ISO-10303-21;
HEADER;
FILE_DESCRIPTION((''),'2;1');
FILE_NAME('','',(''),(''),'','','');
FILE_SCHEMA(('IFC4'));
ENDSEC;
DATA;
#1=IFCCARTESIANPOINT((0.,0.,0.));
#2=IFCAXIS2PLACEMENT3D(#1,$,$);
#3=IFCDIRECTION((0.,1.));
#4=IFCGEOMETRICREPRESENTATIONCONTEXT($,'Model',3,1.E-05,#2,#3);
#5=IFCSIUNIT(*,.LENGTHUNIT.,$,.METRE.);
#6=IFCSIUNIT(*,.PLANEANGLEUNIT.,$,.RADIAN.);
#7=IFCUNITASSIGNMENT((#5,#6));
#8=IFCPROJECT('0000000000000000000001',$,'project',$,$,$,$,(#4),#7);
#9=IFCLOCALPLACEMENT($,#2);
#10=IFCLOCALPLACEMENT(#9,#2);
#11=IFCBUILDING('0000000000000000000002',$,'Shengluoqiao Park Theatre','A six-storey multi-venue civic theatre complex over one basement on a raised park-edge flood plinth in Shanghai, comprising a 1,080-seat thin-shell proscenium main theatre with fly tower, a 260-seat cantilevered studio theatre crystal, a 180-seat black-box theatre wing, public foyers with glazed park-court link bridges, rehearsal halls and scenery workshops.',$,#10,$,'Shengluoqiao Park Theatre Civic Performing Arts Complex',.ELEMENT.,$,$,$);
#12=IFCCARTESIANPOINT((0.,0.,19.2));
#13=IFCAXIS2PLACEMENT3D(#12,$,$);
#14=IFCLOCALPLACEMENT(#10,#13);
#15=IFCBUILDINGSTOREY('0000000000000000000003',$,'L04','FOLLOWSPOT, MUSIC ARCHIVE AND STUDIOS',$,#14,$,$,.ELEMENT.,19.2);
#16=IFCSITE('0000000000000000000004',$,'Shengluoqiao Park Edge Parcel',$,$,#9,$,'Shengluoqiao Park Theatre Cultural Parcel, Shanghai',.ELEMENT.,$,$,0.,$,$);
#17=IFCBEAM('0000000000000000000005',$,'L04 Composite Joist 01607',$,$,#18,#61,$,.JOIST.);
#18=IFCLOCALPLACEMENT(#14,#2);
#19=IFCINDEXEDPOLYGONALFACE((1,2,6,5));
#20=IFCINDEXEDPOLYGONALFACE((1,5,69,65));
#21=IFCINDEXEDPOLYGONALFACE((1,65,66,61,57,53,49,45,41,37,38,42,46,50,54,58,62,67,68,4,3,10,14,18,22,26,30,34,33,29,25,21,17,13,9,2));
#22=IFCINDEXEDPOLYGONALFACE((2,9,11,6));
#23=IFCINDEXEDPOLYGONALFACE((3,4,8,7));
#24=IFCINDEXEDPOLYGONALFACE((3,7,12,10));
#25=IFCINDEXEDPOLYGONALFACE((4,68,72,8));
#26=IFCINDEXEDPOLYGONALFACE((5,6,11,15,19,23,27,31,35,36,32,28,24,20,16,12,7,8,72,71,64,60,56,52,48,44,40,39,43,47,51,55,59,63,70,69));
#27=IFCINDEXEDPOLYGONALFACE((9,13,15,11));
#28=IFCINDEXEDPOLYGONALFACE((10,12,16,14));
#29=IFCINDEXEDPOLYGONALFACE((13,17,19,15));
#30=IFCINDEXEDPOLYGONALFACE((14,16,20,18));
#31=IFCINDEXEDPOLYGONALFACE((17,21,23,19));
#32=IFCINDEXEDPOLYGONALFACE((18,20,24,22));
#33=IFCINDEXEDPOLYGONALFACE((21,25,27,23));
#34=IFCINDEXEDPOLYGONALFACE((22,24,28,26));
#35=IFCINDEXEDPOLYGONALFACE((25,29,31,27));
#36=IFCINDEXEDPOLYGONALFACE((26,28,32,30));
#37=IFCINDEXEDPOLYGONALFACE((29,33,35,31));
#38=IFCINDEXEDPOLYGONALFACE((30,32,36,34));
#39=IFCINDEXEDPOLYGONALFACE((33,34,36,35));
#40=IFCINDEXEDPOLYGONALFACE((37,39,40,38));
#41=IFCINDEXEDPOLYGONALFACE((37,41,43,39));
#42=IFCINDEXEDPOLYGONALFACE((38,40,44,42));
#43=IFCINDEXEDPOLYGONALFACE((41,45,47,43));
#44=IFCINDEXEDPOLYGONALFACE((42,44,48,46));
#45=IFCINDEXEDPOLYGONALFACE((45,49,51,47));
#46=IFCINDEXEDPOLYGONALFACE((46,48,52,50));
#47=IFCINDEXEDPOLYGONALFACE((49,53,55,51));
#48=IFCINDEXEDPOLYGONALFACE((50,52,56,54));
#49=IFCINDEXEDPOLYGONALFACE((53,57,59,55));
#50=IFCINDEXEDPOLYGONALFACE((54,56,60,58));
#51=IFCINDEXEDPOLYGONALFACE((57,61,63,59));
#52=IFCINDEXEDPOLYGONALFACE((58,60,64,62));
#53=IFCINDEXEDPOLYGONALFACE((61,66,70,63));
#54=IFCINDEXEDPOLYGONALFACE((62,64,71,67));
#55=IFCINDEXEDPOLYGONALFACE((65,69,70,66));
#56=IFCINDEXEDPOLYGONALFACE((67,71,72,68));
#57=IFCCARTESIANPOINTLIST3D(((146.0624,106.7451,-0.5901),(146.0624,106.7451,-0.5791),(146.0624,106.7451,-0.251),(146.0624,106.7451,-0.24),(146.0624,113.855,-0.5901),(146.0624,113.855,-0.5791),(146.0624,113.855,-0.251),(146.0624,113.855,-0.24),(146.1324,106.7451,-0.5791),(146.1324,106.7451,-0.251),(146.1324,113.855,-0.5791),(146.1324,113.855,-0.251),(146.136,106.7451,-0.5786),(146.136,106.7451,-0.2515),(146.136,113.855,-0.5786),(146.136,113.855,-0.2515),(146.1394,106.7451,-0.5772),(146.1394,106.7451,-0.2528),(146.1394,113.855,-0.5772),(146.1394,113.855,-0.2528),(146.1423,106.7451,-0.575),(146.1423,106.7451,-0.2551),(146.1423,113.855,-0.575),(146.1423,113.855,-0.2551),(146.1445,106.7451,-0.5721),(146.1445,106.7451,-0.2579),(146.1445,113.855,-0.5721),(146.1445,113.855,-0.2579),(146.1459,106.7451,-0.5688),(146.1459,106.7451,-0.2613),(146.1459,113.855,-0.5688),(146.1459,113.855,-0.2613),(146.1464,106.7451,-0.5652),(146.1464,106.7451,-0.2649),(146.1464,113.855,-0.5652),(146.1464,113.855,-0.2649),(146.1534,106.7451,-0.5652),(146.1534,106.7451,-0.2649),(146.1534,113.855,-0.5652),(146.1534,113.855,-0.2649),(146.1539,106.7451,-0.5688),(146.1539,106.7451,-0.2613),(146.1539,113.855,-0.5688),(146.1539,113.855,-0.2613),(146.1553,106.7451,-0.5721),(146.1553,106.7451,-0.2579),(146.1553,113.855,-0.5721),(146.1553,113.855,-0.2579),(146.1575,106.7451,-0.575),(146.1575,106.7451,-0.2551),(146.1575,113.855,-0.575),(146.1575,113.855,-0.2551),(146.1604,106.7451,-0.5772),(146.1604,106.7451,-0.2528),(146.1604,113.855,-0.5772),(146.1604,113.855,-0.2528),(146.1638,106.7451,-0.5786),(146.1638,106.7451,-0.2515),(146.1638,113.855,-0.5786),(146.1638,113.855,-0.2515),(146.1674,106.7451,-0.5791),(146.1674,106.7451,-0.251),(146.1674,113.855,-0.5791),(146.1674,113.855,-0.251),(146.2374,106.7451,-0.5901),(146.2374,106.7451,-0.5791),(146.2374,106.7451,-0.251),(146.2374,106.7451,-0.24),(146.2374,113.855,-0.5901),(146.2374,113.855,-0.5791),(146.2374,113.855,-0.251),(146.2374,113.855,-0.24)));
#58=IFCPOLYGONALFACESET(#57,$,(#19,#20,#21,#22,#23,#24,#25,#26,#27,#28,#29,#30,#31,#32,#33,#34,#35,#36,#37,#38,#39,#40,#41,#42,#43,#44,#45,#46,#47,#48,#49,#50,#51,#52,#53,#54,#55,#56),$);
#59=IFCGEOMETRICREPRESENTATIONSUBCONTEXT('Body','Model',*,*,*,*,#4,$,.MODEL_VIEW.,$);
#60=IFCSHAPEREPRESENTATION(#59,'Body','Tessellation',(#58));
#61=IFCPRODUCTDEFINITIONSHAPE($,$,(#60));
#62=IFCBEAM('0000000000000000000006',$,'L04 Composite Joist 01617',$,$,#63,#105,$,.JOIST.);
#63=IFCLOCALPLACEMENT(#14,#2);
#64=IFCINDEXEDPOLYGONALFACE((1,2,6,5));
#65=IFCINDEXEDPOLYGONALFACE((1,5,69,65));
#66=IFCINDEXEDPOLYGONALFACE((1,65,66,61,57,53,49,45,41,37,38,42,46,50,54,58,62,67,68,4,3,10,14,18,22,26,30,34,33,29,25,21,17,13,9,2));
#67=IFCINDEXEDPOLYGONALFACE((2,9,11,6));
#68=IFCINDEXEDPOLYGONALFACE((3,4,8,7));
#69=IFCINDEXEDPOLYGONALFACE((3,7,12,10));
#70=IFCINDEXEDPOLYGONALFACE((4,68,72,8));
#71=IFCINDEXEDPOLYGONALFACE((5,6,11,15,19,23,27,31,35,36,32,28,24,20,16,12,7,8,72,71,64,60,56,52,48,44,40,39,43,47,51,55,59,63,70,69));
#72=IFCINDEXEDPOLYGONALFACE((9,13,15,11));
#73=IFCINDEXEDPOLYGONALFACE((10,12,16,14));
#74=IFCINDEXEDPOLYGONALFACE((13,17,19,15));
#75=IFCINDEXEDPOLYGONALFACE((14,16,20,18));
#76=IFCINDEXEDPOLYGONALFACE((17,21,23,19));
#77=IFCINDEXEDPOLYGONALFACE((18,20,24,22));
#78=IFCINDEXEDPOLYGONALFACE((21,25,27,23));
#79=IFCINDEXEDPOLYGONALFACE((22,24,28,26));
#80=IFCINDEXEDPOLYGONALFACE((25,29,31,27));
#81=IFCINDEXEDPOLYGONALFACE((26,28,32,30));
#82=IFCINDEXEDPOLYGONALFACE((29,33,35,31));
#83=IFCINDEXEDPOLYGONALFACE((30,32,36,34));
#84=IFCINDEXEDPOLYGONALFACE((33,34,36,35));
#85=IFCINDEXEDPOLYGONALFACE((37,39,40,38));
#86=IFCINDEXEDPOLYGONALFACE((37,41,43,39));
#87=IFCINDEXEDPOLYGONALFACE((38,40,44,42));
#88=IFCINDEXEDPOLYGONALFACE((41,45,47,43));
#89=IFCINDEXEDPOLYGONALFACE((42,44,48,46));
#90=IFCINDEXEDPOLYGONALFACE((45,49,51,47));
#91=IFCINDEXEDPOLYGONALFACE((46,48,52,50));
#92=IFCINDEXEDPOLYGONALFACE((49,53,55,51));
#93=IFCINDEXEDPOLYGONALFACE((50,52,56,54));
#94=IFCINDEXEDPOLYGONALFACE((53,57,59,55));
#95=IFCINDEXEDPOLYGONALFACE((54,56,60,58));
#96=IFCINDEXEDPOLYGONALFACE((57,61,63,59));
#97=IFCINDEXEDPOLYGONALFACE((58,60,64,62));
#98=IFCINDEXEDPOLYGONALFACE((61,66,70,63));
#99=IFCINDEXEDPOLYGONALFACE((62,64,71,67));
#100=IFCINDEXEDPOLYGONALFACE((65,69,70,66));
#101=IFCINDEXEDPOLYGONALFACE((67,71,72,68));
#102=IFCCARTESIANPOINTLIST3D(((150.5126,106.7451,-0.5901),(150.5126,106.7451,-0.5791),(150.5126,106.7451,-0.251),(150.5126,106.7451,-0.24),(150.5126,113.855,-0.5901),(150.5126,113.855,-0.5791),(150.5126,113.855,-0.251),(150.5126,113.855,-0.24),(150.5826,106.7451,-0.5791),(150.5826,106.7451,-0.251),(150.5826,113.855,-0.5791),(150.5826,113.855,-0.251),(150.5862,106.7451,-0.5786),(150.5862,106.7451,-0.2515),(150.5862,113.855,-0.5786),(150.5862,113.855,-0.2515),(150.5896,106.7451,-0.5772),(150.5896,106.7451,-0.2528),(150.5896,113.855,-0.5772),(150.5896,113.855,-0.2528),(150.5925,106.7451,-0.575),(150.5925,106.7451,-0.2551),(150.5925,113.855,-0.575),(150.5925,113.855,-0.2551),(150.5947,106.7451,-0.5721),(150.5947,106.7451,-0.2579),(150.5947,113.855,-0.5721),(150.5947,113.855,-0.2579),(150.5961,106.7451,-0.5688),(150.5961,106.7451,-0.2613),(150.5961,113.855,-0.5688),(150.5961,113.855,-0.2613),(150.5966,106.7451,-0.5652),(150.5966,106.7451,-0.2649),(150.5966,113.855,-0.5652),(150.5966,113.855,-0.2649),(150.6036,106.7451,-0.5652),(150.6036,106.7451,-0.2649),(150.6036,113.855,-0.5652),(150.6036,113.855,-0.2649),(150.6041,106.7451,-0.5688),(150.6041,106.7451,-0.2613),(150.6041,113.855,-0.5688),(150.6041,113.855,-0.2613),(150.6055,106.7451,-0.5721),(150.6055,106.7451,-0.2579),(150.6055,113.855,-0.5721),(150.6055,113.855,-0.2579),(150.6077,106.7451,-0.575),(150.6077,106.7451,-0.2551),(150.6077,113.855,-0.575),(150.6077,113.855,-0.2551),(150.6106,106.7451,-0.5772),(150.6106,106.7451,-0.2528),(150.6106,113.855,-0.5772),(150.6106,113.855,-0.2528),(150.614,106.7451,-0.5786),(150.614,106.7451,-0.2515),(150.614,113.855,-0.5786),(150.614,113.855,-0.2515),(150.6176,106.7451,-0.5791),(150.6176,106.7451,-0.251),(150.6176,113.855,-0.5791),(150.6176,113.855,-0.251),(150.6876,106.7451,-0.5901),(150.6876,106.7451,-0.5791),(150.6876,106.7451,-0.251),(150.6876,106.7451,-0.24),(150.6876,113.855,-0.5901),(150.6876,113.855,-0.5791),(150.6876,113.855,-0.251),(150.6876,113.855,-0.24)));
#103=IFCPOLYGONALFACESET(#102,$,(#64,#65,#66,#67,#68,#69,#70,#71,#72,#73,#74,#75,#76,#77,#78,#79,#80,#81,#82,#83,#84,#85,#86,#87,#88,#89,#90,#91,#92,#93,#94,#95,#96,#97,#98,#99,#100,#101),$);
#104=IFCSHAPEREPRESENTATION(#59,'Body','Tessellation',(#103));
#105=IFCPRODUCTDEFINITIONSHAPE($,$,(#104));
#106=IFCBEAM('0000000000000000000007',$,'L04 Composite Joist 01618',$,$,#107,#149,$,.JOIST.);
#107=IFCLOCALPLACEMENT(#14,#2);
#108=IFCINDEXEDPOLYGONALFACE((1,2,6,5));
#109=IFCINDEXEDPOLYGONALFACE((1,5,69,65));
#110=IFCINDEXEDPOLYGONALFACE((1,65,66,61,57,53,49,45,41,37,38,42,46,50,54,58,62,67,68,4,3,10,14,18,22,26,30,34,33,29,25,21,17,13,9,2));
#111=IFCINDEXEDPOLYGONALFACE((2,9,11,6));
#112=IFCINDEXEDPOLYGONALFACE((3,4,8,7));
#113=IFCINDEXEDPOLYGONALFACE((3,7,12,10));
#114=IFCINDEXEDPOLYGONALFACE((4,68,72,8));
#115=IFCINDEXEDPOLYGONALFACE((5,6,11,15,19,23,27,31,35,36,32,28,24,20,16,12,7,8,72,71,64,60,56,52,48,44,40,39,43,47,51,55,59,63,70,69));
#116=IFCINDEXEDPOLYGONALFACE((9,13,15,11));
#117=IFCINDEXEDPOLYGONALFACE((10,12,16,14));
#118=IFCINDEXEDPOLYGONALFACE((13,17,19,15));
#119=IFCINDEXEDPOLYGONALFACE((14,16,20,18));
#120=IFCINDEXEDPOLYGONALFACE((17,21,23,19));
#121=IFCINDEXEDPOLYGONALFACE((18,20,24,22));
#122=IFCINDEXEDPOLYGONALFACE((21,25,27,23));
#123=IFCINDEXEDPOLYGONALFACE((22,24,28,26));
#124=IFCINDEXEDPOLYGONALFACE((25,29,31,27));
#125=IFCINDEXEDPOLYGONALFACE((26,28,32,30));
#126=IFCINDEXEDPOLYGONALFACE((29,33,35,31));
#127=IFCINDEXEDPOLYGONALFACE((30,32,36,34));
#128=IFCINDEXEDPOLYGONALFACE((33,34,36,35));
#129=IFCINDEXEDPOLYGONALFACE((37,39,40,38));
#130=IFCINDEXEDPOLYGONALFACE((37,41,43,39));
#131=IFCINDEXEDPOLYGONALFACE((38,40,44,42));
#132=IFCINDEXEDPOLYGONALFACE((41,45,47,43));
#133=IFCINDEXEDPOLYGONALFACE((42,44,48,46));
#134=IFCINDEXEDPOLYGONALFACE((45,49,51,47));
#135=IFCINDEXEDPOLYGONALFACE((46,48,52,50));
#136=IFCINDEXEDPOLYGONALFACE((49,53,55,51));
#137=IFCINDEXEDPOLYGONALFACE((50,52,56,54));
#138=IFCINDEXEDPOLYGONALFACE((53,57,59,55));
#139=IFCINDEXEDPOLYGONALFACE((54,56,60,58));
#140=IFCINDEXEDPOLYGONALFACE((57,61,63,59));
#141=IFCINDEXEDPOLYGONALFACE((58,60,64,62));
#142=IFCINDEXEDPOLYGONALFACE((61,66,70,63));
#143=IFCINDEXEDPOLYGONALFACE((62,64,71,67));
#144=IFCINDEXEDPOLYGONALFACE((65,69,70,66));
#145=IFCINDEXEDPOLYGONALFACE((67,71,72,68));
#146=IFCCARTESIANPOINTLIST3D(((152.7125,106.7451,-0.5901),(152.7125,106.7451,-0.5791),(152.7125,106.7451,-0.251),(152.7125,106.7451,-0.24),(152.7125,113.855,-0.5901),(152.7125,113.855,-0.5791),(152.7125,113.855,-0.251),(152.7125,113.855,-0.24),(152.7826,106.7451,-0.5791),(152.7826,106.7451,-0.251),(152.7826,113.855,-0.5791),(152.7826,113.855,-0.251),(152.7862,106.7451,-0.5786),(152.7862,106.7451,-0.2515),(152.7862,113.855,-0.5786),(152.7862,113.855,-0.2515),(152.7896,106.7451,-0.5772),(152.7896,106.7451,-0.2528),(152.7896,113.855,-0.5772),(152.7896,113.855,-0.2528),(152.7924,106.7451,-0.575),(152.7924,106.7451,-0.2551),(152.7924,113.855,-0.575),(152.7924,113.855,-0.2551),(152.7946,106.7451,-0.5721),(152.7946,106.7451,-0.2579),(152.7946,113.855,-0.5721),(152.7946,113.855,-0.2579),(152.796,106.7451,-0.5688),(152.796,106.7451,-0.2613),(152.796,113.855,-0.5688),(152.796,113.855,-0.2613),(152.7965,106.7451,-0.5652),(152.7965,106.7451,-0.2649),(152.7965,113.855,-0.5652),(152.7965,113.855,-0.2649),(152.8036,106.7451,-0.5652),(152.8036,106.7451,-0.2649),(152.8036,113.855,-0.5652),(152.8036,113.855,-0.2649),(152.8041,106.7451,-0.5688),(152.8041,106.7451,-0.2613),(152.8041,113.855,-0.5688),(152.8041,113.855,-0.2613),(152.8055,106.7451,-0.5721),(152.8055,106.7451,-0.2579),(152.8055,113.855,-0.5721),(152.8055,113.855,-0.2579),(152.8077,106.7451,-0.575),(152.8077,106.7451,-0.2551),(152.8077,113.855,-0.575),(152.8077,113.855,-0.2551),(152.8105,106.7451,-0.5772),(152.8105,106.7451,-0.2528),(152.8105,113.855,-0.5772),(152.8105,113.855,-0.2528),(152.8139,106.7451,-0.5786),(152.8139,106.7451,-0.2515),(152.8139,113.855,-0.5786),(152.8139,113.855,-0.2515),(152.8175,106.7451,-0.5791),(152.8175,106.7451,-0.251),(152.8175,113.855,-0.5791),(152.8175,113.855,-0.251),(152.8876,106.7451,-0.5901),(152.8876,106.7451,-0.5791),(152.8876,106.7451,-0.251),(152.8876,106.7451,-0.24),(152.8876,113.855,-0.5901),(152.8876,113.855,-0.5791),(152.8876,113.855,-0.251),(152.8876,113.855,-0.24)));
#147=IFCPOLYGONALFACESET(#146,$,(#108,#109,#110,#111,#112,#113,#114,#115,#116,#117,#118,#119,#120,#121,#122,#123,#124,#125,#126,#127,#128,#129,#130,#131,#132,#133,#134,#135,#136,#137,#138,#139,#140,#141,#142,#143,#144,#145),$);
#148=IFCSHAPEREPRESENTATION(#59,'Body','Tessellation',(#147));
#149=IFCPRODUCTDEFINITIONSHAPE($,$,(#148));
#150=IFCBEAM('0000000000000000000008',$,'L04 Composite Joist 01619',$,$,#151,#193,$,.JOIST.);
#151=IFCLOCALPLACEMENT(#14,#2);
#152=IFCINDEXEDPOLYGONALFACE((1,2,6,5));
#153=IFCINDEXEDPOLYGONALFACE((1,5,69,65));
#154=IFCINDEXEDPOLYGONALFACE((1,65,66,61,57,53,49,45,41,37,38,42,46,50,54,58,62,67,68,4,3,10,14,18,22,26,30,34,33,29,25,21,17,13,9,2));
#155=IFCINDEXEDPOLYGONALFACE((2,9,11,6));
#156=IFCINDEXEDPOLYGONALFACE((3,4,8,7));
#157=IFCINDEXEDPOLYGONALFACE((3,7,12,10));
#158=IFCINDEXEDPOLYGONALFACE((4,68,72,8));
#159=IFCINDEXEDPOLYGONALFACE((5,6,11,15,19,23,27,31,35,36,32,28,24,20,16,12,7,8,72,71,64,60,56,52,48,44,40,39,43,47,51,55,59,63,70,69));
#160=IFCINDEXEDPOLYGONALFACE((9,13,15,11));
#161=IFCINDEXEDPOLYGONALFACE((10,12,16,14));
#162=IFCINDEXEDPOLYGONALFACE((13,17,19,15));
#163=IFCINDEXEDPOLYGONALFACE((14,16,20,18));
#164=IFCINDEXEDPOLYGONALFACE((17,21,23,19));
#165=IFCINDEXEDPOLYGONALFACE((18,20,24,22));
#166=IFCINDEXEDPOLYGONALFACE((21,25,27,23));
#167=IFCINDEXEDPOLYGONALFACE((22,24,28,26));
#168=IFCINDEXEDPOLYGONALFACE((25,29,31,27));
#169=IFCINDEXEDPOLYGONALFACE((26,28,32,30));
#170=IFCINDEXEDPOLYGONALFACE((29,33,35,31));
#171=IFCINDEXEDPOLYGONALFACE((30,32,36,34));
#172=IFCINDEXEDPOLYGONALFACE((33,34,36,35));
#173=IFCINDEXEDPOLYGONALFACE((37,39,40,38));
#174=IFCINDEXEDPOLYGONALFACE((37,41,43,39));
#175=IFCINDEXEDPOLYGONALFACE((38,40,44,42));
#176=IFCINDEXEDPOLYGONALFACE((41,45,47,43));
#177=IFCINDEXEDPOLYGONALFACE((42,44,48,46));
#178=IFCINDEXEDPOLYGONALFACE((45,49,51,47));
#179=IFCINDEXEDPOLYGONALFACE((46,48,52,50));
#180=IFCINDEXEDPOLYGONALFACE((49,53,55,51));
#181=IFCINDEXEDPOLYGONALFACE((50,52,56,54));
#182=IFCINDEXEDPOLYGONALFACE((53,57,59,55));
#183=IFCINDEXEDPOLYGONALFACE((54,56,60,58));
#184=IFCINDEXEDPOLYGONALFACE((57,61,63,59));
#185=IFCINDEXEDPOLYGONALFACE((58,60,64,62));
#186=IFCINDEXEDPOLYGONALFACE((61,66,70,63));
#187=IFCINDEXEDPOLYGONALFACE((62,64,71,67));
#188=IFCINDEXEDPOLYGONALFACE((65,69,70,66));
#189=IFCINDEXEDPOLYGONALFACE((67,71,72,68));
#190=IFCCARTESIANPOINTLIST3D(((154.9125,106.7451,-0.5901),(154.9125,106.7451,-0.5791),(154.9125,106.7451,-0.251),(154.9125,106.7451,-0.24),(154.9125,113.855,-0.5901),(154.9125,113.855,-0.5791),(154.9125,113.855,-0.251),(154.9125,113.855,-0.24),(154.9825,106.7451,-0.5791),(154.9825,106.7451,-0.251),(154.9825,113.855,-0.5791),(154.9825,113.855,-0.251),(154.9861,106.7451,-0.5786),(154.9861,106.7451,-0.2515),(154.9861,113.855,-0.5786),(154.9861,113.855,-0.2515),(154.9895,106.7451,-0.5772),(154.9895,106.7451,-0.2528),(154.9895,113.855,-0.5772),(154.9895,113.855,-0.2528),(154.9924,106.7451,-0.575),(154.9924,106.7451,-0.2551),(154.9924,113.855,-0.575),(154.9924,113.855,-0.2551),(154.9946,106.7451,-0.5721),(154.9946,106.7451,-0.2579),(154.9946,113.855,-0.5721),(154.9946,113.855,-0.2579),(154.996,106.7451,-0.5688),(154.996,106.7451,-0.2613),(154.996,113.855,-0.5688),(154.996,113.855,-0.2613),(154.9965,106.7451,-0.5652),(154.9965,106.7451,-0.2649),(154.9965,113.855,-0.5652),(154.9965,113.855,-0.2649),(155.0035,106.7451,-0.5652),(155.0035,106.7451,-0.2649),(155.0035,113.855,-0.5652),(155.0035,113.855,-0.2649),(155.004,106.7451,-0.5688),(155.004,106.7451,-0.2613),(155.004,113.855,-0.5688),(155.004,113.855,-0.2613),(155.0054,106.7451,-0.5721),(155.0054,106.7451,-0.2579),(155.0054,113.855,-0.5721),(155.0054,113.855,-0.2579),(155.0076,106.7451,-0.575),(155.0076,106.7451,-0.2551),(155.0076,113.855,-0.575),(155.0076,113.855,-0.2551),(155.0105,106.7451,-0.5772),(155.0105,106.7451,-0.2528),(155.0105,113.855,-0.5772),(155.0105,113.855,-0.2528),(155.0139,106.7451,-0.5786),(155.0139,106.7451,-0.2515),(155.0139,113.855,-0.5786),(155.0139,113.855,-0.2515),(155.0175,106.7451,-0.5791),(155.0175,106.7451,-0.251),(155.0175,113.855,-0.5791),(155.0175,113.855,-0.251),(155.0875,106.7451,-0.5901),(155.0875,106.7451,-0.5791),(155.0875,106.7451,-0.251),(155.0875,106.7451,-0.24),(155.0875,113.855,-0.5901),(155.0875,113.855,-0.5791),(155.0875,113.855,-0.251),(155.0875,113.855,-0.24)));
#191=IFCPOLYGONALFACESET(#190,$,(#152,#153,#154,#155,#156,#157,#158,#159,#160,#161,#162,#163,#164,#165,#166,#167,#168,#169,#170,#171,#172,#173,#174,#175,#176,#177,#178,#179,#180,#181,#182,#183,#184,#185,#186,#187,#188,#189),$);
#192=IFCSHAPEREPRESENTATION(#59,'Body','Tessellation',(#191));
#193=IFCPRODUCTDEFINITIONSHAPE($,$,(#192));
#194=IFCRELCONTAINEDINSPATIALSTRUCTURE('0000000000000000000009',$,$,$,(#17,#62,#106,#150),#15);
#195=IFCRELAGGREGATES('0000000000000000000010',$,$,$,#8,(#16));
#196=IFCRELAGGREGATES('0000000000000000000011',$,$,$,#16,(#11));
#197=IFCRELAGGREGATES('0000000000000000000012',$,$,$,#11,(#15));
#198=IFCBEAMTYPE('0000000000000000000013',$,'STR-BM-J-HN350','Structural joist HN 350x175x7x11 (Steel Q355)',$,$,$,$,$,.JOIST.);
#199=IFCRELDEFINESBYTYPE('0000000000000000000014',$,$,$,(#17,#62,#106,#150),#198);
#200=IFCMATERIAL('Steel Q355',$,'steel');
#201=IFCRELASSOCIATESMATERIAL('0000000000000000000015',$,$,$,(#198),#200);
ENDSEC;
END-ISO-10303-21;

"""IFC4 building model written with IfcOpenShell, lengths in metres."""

from ifc_helpers import new_model, si_unit, direction, frame, origin, origin_2d, place, context, subcontext, project, spatial, i_section, extrude, material, material_profile, profile_set, type_object, element, save


model = new_model("IFC4")

# Units and contexts
model_context = context("Model", 3, precision=1e-05, world=origin(), true_north=direction((0.0, 1.0)))
body_context = subcontext(model_context, "Body", "Model", "MODEL_VIEW")
ifc_project = project(units=[si_unit("LENGTHUNIT", "METRE"), si_unit("PLANEANGLEUNIT", "RADIAN")], contexts=[model_context])

# Site, building, storey
site_placement = place(None, origin())
site = spatial("IfcSite", under=ifc_project, at=site_placement, Name="Shengluoqiao Park Edge Parcel", LongName="Shengluoqiao Park Theatre Cultural Parcel, Shanghai", CompositionType="ELEMENT", RefElevation=0.0)
building_placement = place(site_placement, origin())
building = spatial("IfcBuilding", under=site, at=building_placement, Name="Shengluoqiao Park Theatre", Description="A six-storey multi-venue civic theatre complex over one basement on a raised park-edge flood plinth in Shanghai, comprising a 1,080-seat thin-shell proscenium main theatre with fly tower, a 260-seat cantilevered studio theatre crystal, a 180-seat black-box theatre wing, public foyers with glazed park-court link bridges, rehearsal halls and scenery workshops.", LongName="Shengluoqiao Park Theatre Civic Performing Arts Complex", CompositionType="ELEMENT")
storey_placement = place(building_placement, frame((0.0, 0.0, 19.2)))
storey = spatial("IfcBuildingStorey", under=building, at=storey_placement, Name="L04", Description="FOLLOWSPOT, MUSIC ARCHIVE AND STUDIOS", CompositionType="ELEMENT", Elevation=19.2)

# Shared definitions
ifc_material_1 = material(Name="Steel Q355", Category="steel")

# Beams
ifc_material_profile_1 = material_profile(ifc_material_1, i_section(OverallWidth=0.175, OverallDepth=0.3501, WebThickness=0.0071, FlangeThickness=0.011, FilletRadius=0.0139, at=origin_2d()), Name="HN 350x175x7x11")
ifc_profile_set_1 = profile_set([ifc_material_profile_1], Name="Steel Q355")
beam_type_1 = type_object("IfcBeamType", Name="STR-BM-J-HN350", Description="Structural joist HN 350x175x7x11 (Steel Q355)", PredefinedType="JOIST", material=ifc_profile_set_1)
for number, where, z_axis, x_axis, name in (
    (1, (146.1499, 106.7451, -0.415), (0.0, 1.0, 0.0), (-1.0, 0.0, 0.0), "L04 Composite Joist 01607"),
    (2, (150.6001, 106.7451, -0.415), (0.0, 1.0, 0.0), (-1.0, 0.0, 0.0), "L04 Composite Joist 01617"),
    (3, (152.8, 106.7451, -0.415), (0.0, 1.0, 0.0), (-1.0, 0.0, 0.0), "L04 Composite Joist 01618"),
    (4, (155.0, 106.7451, -0.415), (0.0, 1.0, 0.0), (-1.0, 0.0, 0.0), "L04 Composite Joist 01619"),
):
    element("IfcBeam", number, at=place(storey_placement, frame(where, z_axis=z_axis, x_axis=x_axis)), inside=storey, type_object=beam_type_1, Name=name, PredefinedType="JOIST", context=body_context, shape_type="SweptSolid", body=[
        extrude(i_section(OverallWidth=0.175, OverallDepth=0.3501, WebThickness=0.0071, FlangeThickness=0.011, FilletRadius=0.0139, at=origin_2d()), origin(), (0.0, 0.0, 1.0), 7.1099),
    ])

save(model, "model.ifc")
